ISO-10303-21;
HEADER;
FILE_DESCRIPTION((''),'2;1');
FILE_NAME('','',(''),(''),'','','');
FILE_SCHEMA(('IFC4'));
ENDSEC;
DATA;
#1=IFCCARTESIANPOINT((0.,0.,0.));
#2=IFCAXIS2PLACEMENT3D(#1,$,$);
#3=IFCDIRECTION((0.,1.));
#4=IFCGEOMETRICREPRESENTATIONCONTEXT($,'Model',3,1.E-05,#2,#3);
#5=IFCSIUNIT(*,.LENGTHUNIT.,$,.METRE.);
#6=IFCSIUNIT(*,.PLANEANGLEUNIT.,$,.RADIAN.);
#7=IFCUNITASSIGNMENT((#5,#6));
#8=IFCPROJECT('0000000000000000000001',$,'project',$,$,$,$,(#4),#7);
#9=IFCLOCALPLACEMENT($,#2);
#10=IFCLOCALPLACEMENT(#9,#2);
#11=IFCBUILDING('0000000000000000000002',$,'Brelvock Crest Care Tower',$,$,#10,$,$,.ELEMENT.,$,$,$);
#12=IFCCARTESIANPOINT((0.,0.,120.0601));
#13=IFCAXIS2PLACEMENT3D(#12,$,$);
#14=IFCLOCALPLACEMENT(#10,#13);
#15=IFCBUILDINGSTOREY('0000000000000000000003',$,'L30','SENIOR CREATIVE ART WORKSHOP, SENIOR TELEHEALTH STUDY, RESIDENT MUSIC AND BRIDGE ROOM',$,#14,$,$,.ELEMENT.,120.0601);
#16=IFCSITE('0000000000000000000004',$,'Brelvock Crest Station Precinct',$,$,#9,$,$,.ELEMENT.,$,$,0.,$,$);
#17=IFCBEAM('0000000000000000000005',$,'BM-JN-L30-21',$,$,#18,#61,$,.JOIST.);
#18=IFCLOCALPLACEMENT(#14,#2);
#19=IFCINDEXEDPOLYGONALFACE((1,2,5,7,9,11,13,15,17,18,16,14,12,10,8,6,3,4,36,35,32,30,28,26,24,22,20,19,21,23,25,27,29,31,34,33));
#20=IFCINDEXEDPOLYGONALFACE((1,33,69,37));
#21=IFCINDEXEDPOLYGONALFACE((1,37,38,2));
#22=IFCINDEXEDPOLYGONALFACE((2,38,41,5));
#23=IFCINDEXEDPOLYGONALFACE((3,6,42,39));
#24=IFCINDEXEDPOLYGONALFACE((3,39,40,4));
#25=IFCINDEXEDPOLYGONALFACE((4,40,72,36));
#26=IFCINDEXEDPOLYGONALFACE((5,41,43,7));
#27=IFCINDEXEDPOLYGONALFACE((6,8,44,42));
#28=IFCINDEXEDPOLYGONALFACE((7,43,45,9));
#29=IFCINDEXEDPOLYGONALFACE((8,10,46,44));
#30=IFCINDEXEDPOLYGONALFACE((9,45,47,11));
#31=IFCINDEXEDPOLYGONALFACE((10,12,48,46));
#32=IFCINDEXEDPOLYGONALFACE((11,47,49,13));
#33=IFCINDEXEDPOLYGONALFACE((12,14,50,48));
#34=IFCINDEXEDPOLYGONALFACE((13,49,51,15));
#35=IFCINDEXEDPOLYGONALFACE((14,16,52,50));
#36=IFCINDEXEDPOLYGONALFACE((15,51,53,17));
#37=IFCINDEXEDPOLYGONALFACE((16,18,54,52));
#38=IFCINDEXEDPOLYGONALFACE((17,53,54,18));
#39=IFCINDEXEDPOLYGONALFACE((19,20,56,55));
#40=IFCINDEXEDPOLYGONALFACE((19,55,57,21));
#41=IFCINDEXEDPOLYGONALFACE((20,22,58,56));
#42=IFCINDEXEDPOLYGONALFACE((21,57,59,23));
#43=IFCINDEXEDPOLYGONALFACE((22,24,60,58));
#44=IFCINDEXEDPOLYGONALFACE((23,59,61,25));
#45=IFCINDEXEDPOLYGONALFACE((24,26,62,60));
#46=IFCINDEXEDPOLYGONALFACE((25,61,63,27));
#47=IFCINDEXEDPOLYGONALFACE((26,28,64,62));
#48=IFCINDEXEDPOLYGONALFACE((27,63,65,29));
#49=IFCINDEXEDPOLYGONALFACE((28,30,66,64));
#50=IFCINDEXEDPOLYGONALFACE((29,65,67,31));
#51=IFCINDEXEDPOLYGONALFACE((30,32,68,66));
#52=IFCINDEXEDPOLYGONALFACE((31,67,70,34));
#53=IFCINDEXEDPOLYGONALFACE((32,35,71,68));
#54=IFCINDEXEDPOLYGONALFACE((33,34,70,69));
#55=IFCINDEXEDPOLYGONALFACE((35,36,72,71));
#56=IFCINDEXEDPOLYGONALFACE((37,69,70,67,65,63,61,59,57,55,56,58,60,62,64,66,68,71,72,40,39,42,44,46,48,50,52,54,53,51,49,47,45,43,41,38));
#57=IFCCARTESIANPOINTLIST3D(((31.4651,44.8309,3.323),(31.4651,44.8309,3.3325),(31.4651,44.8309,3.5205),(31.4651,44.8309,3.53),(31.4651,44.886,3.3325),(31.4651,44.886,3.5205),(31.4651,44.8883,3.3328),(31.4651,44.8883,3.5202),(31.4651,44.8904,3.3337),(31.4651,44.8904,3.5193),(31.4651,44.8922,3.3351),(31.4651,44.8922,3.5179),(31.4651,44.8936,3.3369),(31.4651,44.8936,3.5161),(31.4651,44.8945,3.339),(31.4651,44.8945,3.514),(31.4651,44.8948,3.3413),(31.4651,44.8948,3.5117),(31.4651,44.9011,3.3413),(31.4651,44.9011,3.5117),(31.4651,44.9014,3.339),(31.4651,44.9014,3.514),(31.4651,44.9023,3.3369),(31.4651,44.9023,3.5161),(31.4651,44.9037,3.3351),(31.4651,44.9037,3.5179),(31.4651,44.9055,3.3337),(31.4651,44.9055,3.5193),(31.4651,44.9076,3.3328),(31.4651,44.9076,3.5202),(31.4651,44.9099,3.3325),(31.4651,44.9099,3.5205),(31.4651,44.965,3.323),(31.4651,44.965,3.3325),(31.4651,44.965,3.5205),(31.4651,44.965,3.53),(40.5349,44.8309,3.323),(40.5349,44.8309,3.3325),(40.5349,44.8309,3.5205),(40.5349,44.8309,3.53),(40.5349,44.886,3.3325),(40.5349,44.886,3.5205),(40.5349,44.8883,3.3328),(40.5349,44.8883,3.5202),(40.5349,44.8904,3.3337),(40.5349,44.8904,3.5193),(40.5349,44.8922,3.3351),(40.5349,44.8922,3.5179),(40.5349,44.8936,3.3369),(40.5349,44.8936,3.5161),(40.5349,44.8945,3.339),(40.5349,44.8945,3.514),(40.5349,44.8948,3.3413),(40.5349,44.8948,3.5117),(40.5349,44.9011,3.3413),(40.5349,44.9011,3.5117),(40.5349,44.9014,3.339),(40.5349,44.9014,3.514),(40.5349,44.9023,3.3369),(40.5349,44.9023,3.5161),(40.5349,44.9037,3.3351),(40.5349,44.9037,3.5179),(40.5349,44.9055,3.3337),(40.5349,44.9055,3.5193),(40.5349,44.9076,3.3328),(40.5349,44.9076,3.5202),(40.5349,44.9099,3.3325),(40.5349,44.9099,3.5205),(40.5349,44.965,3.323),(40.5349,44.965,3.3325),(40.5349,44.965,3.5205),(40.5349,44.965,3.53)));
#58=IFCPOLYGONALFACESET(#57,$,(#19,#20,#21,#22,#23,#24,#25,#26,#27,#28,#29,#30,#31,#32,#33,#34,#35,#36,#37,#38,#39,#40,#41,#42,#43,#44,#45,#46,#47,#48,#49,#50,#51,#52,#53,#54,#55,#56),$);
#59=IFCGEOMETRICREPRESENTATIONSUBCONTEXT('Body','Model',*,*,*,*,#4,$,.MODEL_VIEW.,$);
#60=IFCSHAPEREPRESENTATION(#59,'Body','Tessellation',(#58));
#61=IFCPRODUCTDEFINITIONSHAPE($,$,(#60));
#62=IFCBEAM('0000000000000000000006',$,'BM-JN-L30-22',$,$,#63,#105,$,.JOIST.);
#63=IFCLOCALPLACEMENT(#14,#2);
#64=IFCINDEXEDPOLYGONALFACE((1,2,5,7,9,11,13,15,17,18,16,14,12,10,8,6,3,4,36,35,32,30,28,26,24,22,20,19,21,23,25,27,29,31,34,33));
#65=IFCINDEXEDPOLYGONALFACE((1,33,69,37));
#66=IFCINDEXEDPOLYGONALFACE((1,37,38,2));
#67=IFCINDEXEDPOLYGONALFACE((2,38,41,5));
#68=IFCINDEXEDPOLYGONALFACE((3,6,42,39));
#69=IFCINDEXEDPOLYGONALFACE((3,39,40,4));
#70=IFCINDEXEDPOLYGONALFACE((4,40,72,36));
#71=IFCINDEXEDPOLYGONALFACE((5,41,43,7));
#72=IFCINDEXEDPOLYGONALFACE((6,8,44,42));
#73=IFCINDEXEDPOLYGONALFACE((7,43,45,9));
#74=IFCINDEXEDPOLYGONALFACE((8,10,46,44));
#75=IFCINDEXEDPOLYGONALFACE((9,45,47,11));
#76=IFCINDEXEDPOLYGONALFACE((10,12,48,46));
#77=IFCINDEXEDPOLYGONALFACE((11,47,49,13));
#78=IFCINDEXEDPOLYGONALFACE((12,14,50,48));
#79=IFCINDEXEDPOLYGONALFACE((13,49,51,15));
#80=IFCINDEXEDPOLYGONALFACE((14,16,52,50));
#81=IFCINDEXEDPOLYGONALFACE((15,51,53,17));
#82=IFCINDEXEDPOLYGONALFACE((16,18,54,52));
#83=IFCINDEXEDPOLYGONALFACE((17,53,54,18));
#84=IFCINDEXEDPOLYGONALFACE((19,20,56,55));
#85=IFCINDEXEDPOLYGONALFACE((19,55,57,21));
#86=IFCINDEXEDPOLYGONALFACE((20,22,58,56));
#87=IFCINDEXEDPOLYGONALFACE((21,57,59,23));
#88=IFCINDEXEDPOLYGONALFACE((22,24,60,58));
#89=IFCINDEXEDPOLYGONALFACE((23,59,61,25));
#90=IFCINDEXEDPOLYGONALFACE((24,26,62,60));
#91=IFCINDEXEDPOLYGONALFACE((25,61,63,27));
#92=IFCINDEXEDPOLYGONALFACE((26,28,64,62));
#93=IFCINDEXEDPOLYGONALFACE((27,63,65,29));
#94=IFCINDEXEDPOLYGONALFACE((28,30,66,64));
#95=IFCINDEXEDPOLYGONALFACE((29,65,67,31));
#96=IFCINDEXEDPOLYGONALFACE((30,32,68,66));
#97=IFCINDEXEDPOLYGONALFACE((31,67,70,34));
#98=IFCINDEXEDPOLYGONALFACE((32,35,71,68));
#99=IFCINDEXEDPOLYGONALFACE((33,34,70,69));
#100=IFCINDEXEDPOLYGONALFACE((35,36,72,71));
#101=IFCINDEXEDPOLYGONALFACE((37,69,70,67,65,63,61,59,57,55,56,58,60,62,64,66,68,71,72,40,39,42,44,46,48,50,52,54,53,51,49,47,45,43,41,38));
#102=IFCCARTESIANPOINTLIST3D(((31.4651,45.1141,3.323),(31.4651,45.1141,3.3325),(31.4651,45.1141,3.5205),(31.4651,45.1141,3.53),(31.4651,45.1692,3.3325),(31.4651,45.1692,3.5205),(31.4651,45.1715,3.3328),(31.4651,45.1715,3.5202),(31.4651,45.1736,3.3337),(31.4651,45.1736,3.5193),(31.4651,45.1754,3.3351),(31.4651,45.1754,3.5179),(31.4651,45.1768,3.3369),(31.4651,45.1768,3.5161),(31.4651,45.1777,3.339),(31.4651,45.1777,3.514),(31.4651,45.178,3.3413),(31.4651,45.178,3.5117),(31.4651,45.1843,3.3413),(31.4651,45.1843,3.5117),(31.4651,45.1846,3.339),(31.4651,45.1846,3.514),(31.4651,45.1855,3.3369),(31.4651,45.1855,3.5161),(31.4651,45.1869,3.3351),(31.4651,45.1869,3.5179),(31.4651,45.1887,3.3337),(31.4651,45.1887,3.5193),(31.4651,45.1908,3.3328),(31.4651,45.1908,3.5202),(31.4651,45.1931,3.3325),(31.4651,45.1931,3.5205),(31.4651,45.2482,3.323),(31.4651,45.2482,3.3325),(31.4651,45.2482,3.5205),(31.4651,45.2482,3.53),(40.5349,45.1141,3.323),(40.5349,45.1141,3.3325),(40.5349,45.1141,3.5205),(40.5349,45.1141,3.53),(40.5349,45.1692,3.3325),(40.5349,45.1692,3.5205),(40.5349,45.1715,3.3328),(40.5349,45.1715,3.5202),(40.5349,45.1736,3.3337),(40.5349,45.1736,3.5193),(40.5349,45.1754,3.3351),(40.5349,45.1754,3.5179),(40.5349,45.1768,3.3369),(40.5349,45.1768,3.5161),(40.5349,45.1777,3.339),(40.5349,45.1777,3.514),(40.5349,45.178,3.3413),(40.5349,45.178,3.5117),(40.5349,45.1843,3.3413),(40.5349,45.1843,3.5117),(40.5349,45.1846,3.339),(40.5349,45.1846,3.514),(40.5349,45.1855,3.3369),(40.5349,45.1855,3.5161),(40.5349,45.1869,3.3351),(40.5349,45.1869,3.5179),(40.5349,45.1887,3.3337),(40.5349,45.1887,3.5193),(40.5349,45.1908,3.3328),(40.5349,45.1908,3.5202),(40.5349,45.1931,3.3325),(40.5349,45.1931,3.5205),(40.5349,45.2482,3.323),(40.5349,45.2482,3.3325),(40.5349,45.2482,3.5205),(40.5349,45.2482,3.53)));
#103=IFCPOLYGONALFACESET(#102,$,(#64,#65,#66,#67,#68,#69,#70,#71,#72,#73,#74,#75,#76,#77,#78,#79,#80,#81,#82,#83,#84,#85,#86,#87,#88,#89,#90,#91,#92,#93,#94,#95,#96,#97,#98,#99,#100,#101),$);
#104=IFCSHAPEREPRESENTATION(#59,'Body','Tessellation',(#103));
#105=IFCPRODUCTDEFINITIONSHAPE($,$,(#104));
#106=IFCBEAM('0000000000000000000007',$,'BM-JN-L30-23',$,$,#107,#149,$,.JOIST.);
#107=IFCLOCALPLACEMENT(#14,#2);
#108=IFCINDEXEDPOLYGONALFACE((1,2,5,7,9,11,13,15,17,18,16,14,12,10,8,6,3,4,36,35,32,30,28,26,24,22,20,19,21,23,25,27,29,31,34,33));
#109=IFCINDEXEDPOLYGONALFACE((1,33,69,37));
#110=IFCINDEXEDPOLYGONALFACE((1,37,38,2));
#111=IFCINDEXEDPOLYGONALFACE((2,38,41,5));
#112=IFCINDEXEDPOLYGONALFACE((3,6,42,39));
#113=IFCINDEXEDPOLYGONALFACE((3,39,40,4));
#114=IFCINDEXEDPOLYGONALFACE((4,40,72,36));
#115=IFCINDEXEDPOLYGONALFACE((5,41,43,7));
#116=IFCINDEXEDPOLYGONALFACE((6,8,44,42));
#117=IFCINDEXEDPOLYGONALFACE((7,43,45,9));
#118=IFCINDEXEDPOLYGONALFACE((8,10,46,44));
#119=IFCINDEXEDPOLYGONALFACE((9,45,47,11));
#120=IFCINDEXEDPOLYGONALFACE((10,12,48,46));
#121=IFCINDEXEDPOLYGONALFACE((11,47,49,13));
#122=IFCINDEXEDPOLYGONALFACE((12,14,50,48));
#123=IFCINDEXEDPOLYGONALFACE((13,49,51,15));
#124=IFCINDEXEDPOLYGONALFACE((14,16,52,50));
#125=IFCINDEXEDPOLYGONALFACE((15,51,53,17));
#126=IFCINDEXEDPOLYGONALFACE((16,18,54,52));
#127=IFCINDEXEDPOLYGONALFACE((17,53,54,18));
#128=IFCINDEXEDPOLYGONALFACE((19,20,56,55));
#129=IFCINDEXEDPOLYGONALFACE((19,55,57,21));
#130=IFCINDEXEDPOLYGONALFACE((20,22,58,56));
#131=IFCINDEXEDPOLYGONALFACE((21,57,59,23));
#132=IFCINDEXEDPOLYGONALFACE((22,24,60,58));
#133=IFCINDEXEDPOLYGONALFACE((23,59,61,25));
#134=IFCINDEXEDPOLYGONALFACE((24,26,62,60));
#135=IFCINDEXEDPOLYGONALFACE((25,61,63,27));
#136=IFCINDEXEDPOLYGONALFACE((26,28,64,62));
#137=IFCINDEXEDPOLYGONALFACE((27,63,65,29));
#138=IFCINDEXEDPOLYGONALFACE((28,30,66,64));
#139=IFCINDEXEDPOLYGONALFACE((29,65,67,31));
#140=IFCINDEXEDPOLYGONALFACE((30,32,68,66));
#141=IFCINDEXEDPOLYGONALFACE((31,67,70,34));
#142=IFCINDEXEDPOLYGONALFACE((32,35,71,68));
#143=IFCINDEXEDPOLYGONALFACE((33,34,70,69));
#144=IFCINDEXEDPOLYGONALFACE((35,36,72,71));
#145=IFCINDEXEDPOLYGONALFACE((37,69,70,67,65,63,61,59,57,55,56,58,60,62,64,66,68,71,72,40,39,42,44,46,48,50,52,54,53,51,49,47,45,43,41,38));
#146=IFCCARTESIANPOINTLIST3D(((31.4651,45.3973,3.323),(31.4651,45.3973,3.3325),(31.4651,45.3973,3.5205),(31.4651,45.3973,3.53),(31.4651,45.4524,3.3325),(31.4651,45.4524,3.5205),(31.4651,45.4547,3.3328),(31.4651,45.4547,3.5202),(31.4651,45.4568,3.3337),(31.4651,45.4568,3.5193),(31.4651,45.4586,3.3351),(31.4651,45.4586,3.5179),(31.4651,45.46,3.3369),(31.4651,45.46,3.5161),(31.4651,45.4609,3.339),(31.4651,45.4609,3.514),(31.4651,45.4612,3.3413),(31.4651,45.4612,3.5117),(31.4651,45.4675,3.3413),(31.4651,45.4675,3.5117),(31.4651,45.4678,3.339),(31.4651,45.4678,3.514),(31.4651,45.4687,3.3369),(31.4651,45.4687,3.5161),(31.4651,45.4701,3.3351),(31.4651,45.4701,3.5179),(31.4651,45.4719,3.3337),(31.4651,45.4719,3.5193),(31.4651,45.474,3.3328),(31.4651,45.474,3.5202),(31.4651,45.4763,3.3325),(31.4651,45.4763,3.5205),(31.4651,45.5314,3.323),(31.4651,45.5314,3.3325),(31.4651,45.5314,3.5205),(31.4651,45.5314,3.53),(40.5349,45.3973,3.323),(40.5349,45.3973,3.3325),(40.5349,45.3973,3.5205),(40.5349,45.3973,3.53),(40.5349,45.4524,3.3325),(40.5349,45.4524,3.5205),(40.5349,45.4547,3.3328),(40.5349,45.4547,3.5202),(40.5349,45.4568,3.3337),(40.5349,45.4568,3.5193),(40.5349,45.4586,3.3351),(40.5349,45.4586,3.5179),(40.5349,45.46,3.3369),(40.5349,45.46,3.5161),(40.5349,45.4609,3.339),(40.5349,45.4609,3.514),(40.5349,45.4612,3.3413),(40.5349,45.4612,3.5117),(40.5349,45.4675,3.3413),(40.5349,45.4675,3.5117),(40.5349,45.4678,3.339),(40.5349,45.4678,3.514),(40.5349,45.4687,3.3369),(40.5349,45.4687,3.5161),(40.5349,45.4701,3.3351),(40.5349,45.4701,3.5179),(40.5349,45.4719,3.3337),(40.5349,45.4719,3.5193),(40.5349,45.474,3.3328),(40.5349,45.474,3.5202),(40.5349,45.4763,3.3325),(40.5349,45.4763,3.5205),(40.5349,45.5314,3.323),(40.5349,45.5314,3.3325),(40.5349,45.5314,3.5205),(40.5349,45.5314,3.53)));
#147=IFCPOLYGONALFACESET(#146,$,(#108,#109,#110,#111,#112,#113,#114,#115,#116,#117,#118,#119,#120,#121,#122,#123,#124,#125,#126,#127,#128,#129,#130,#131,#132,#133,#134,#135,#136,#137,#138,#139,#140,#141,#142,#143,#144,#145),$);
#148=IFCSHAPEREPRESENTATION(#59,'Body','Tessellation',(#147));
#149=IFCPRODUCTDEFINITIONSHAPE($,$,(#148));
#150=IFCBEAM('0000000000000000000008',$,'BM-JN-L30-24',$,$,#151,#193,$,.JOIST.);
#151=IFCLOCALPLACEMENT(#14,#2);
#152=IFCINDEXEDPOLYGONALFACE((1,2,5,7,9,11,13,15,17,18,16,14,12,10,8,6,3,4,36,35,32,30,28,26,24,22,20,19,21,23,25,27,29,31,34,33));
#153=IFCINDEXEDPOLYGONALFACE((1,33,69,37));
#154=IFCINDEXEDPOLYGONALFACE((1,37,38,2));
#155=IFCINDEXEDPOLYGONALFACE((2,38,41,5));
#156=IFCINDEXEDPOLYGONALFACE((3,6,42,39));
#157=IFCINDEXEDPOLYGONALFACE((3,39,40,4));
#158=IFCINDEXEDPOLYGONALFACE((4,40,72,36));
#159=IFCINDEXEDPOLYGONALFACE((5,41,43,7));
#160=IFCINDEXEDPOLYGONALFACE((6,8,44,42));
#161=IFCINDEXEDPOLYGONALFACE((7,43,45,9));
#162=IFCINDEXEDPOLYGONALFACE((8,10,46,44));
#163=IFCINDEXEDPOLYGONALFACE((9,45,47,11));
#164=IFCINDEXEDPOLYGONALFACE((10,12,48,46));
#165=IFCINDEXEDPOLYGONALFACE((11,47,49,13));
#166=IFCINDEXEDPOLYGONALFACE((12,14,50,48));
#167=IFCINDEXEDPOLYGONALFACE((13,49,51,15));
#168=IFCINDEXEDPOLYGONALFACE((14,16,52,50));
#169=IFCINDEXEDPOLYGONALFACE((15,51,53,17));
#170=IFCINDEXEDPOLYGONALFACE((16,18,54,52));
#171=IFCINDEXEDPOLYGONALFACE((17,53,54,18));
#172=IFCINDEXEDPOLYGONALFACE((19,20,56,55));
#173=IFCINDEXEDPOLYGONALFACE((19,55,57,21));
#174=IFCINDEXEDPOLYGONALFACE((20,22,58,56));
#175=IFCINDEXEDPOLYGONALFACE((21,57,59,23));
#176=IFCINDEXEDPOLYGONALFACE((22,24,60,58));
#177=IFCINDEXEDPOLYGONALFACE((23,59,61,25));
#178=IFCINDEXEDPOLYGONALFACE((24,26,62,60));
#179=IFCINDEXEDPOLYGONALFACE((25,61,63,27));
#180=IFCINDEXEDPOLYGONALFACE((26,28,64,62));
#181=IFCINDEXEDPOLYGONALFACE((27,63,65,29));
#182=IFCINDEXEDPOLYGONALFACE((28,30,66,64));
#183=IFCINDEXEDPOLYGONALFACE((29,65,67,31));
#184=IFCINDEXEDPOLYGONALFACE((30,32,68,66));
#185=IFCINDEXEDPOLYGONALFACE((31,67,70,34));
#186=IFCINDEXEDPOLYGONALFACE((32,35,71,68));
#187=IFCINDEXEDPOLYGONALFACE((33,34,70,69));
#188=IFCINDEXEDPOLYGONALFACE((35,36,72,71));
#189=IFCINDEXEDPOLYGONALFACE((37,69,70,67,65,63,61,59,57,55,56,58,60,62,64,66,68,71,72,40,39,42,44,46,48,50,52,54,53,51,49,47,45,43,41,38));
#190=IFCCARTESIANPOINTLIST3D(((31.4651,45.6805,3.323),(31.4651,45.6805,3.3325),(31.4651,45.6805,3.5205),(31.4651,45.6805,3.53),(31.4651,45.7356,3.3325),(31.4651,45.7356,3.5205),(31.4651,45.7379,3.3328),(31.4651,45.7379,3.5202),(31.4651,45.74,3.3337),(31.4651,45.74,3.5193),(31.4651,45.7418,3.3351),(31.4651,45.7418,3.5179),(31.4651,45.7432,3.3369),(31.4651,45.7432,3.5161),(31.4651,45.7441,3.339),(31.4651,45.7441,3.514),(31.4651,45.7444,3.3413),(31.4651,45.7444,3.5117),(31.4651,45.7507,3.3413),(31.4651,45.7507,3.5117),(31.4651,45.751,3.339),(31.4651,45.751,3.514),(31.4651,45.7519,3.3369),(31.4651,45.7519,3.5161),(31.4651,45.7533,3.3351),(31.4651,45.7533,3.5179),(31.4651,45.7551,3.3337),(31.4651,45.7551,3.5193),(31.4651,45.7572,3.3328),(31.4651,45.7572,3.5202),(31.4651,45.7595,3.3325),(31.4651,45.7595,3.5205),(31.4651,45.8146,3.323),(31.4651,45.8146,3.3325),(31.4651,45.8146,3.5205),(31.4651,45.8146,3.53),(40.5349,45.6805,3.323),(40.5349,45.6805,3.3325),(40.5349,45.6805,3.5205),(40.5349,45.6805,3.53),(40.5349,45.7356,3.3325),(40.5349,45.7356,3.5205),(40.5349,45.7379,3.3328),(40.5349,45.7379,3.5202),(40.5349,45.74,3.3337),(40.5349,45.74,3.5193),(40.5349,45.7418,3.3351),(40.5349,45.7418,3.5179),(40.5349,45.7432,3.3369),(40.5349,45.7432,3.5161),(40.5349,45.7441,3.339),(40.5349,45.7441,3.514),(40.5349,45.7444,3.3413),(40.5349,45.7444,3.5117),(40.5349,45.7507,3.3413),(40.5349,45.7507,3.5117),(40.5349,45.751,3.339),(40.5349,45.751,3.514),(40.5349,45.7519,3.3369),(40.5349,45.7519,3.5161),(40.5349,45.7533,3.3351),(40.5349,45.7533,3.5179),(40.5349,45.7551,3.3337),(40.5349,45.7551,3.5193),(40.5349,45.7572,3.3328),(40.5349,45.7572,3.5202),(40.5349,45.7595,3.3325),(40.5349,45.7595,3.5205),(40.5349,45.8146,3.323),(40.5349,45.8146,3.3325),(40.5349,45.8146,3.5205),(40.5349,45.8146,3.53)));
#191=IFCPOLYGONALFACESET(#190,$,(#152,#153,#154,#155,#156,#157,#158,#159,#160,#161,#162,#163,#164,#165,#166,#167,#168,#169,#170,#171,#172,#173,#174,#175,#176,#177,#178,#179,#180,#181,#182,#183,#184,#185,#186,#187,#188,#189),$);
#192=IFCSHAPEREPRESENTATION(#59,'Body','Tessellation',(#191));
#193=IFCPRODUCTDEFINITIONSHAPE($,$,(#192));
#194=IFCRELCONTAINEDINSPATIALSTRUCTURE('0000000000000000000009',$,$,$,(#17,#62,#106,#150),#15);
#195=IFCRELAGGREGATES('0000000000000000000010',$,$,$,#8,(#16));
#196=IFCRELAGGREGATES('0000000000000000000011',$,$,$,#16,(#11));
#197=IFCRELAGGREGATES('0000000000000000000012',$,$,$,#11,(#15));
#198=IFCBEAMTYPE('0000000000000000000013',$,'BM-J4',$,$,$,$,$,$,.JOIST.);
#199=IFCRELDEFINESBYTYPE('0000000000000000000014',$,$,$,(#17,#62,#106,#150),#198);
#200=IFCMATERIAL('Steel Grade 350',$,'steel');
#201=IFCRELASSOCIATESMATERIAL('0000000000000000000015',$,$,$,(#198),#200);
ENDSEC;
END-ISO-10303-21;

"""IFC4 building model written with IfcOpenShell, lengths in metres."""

from ifc_helpers import new_model, si_unit, direction, frame, origin, origin_2d, place, context, subcontext, project, spatial, i_section, extrude, source, transform, mapped, material, material_profile, profile_set, type_object, element, save


model = new_model("IFC4")

# Units and contexts
model_context = context("Model", 3, precision=1e-05, world=origin(), true_north=direction((0.0, 1.0)))
body_context = subcontext(model_context, "Body", "Model", "MODEL_VIEW")
ifc_project = project(units=[si_unit("LENGTHUNIT", "METRE"), si_unit("PLANEANGLEUNIT", "RADIAN")], contexts=[model_context])

# Site, building, storey
site_placement = place(None, origin())
site = spatial("IfcSite", under=ifc_project, at=site_placement, Name="Brelvock Crest Station Precinct", CompositionType="ELEMENT", RefElevation=0.0)
building_placement = place(site_placement, origin())
building = spatial("IfcBuilding", under=site, at=building_placement, Name="Brelvock Crest Care Tower", CompositionType="ELEMENT")
storey_placement = place(building_placement, frame((0.0, 0.0, 120.0601)))
storey = spatial("IfcBuildingStorey", under=building, at=storey_placement, Name="L30", Description="SENIOR CREATIVE ART WORKSHOP, SENIOR TELEHEALTH STUDY, RESIDENT MUSIC AND BRIDGE ROOM", CompositionType="ELEMENT", Elevation=120.0601)

# Beams
ifc_material_1 = material(Name="Steel Grade 350", Category="steel")
ifc_material_profile_1 = material_profile(ifc_material_1, i_section(OverallWidth=0.134, OverallDepth=0.207, WebThickness=0.0063, FlangeThickness=0.0095, FilletRadius=0.0088, at=origin_2d()), Name="200UB29.8")
ifc_profile_set_1 = profile_set([ifc_material_profile_1], Name="Steel Grade 350")
beam_type_1 = type_object("IfcBeamType", Name="BM-J4", PredefinedType="JOIST", material=ifc_profile_set_1)
shared_shape_1 = source(origin(), body_context, "Body", "SweptSolid", [
    extrude(i_section(OverallWidth=0.134, OverallDepth=0.207, WebThickness=0.0063, FlangeThickness=0.0095, FilletRadius=0.0088, at=origin_2d()), origin(), (0.0, 0.0, 1.0), 9.0698),
])
for number, where, z_axis, x_axis, name in (
    (1, (31.4651, 44.8979, 3.4265), (1.0, 0.0, 0.0), (0.0, 1.0, 0.0), "BM-JN-L30-21"),
    (2, (31.4651, 45.1812, 3.4265), (1.0, 0.0, 0.0), (0.0, 1.0, 0.0), "BM-JN-L30-22"),
    (3, (31.4651, 45.4644, 3.4265), (1.0, 0.0, 0.0), (0.0, 1.0, 0.0), "BM-JN-L30-23"),
    (4, (31.4651, 45.7476, 3.4265), (1.0, 0.0, 0.0), (0.0, 1.0, 0.0), "BM-JN-L30-24"),
):
    element("IfcBeam", number, at=place(storey_placement, frame(where, z_axis=z_axis, x_axis=x_axis)), inside=storey, type_object=beam_type_1, Name=name, PredefinedType="JOIST", context=body_context, shape_type="MappedRepresentation", body=[
        mapped(shared_shape_1, transform((0.0, 0.0, 0.0), x_axis=(1.0, 0.0, 0.0), y_axis=(0.0, 1.0, 0.0), z_axis=(0.0, 0.0, 1.0), scale=1.0)),
    ])

save(model, "model.ifc")
